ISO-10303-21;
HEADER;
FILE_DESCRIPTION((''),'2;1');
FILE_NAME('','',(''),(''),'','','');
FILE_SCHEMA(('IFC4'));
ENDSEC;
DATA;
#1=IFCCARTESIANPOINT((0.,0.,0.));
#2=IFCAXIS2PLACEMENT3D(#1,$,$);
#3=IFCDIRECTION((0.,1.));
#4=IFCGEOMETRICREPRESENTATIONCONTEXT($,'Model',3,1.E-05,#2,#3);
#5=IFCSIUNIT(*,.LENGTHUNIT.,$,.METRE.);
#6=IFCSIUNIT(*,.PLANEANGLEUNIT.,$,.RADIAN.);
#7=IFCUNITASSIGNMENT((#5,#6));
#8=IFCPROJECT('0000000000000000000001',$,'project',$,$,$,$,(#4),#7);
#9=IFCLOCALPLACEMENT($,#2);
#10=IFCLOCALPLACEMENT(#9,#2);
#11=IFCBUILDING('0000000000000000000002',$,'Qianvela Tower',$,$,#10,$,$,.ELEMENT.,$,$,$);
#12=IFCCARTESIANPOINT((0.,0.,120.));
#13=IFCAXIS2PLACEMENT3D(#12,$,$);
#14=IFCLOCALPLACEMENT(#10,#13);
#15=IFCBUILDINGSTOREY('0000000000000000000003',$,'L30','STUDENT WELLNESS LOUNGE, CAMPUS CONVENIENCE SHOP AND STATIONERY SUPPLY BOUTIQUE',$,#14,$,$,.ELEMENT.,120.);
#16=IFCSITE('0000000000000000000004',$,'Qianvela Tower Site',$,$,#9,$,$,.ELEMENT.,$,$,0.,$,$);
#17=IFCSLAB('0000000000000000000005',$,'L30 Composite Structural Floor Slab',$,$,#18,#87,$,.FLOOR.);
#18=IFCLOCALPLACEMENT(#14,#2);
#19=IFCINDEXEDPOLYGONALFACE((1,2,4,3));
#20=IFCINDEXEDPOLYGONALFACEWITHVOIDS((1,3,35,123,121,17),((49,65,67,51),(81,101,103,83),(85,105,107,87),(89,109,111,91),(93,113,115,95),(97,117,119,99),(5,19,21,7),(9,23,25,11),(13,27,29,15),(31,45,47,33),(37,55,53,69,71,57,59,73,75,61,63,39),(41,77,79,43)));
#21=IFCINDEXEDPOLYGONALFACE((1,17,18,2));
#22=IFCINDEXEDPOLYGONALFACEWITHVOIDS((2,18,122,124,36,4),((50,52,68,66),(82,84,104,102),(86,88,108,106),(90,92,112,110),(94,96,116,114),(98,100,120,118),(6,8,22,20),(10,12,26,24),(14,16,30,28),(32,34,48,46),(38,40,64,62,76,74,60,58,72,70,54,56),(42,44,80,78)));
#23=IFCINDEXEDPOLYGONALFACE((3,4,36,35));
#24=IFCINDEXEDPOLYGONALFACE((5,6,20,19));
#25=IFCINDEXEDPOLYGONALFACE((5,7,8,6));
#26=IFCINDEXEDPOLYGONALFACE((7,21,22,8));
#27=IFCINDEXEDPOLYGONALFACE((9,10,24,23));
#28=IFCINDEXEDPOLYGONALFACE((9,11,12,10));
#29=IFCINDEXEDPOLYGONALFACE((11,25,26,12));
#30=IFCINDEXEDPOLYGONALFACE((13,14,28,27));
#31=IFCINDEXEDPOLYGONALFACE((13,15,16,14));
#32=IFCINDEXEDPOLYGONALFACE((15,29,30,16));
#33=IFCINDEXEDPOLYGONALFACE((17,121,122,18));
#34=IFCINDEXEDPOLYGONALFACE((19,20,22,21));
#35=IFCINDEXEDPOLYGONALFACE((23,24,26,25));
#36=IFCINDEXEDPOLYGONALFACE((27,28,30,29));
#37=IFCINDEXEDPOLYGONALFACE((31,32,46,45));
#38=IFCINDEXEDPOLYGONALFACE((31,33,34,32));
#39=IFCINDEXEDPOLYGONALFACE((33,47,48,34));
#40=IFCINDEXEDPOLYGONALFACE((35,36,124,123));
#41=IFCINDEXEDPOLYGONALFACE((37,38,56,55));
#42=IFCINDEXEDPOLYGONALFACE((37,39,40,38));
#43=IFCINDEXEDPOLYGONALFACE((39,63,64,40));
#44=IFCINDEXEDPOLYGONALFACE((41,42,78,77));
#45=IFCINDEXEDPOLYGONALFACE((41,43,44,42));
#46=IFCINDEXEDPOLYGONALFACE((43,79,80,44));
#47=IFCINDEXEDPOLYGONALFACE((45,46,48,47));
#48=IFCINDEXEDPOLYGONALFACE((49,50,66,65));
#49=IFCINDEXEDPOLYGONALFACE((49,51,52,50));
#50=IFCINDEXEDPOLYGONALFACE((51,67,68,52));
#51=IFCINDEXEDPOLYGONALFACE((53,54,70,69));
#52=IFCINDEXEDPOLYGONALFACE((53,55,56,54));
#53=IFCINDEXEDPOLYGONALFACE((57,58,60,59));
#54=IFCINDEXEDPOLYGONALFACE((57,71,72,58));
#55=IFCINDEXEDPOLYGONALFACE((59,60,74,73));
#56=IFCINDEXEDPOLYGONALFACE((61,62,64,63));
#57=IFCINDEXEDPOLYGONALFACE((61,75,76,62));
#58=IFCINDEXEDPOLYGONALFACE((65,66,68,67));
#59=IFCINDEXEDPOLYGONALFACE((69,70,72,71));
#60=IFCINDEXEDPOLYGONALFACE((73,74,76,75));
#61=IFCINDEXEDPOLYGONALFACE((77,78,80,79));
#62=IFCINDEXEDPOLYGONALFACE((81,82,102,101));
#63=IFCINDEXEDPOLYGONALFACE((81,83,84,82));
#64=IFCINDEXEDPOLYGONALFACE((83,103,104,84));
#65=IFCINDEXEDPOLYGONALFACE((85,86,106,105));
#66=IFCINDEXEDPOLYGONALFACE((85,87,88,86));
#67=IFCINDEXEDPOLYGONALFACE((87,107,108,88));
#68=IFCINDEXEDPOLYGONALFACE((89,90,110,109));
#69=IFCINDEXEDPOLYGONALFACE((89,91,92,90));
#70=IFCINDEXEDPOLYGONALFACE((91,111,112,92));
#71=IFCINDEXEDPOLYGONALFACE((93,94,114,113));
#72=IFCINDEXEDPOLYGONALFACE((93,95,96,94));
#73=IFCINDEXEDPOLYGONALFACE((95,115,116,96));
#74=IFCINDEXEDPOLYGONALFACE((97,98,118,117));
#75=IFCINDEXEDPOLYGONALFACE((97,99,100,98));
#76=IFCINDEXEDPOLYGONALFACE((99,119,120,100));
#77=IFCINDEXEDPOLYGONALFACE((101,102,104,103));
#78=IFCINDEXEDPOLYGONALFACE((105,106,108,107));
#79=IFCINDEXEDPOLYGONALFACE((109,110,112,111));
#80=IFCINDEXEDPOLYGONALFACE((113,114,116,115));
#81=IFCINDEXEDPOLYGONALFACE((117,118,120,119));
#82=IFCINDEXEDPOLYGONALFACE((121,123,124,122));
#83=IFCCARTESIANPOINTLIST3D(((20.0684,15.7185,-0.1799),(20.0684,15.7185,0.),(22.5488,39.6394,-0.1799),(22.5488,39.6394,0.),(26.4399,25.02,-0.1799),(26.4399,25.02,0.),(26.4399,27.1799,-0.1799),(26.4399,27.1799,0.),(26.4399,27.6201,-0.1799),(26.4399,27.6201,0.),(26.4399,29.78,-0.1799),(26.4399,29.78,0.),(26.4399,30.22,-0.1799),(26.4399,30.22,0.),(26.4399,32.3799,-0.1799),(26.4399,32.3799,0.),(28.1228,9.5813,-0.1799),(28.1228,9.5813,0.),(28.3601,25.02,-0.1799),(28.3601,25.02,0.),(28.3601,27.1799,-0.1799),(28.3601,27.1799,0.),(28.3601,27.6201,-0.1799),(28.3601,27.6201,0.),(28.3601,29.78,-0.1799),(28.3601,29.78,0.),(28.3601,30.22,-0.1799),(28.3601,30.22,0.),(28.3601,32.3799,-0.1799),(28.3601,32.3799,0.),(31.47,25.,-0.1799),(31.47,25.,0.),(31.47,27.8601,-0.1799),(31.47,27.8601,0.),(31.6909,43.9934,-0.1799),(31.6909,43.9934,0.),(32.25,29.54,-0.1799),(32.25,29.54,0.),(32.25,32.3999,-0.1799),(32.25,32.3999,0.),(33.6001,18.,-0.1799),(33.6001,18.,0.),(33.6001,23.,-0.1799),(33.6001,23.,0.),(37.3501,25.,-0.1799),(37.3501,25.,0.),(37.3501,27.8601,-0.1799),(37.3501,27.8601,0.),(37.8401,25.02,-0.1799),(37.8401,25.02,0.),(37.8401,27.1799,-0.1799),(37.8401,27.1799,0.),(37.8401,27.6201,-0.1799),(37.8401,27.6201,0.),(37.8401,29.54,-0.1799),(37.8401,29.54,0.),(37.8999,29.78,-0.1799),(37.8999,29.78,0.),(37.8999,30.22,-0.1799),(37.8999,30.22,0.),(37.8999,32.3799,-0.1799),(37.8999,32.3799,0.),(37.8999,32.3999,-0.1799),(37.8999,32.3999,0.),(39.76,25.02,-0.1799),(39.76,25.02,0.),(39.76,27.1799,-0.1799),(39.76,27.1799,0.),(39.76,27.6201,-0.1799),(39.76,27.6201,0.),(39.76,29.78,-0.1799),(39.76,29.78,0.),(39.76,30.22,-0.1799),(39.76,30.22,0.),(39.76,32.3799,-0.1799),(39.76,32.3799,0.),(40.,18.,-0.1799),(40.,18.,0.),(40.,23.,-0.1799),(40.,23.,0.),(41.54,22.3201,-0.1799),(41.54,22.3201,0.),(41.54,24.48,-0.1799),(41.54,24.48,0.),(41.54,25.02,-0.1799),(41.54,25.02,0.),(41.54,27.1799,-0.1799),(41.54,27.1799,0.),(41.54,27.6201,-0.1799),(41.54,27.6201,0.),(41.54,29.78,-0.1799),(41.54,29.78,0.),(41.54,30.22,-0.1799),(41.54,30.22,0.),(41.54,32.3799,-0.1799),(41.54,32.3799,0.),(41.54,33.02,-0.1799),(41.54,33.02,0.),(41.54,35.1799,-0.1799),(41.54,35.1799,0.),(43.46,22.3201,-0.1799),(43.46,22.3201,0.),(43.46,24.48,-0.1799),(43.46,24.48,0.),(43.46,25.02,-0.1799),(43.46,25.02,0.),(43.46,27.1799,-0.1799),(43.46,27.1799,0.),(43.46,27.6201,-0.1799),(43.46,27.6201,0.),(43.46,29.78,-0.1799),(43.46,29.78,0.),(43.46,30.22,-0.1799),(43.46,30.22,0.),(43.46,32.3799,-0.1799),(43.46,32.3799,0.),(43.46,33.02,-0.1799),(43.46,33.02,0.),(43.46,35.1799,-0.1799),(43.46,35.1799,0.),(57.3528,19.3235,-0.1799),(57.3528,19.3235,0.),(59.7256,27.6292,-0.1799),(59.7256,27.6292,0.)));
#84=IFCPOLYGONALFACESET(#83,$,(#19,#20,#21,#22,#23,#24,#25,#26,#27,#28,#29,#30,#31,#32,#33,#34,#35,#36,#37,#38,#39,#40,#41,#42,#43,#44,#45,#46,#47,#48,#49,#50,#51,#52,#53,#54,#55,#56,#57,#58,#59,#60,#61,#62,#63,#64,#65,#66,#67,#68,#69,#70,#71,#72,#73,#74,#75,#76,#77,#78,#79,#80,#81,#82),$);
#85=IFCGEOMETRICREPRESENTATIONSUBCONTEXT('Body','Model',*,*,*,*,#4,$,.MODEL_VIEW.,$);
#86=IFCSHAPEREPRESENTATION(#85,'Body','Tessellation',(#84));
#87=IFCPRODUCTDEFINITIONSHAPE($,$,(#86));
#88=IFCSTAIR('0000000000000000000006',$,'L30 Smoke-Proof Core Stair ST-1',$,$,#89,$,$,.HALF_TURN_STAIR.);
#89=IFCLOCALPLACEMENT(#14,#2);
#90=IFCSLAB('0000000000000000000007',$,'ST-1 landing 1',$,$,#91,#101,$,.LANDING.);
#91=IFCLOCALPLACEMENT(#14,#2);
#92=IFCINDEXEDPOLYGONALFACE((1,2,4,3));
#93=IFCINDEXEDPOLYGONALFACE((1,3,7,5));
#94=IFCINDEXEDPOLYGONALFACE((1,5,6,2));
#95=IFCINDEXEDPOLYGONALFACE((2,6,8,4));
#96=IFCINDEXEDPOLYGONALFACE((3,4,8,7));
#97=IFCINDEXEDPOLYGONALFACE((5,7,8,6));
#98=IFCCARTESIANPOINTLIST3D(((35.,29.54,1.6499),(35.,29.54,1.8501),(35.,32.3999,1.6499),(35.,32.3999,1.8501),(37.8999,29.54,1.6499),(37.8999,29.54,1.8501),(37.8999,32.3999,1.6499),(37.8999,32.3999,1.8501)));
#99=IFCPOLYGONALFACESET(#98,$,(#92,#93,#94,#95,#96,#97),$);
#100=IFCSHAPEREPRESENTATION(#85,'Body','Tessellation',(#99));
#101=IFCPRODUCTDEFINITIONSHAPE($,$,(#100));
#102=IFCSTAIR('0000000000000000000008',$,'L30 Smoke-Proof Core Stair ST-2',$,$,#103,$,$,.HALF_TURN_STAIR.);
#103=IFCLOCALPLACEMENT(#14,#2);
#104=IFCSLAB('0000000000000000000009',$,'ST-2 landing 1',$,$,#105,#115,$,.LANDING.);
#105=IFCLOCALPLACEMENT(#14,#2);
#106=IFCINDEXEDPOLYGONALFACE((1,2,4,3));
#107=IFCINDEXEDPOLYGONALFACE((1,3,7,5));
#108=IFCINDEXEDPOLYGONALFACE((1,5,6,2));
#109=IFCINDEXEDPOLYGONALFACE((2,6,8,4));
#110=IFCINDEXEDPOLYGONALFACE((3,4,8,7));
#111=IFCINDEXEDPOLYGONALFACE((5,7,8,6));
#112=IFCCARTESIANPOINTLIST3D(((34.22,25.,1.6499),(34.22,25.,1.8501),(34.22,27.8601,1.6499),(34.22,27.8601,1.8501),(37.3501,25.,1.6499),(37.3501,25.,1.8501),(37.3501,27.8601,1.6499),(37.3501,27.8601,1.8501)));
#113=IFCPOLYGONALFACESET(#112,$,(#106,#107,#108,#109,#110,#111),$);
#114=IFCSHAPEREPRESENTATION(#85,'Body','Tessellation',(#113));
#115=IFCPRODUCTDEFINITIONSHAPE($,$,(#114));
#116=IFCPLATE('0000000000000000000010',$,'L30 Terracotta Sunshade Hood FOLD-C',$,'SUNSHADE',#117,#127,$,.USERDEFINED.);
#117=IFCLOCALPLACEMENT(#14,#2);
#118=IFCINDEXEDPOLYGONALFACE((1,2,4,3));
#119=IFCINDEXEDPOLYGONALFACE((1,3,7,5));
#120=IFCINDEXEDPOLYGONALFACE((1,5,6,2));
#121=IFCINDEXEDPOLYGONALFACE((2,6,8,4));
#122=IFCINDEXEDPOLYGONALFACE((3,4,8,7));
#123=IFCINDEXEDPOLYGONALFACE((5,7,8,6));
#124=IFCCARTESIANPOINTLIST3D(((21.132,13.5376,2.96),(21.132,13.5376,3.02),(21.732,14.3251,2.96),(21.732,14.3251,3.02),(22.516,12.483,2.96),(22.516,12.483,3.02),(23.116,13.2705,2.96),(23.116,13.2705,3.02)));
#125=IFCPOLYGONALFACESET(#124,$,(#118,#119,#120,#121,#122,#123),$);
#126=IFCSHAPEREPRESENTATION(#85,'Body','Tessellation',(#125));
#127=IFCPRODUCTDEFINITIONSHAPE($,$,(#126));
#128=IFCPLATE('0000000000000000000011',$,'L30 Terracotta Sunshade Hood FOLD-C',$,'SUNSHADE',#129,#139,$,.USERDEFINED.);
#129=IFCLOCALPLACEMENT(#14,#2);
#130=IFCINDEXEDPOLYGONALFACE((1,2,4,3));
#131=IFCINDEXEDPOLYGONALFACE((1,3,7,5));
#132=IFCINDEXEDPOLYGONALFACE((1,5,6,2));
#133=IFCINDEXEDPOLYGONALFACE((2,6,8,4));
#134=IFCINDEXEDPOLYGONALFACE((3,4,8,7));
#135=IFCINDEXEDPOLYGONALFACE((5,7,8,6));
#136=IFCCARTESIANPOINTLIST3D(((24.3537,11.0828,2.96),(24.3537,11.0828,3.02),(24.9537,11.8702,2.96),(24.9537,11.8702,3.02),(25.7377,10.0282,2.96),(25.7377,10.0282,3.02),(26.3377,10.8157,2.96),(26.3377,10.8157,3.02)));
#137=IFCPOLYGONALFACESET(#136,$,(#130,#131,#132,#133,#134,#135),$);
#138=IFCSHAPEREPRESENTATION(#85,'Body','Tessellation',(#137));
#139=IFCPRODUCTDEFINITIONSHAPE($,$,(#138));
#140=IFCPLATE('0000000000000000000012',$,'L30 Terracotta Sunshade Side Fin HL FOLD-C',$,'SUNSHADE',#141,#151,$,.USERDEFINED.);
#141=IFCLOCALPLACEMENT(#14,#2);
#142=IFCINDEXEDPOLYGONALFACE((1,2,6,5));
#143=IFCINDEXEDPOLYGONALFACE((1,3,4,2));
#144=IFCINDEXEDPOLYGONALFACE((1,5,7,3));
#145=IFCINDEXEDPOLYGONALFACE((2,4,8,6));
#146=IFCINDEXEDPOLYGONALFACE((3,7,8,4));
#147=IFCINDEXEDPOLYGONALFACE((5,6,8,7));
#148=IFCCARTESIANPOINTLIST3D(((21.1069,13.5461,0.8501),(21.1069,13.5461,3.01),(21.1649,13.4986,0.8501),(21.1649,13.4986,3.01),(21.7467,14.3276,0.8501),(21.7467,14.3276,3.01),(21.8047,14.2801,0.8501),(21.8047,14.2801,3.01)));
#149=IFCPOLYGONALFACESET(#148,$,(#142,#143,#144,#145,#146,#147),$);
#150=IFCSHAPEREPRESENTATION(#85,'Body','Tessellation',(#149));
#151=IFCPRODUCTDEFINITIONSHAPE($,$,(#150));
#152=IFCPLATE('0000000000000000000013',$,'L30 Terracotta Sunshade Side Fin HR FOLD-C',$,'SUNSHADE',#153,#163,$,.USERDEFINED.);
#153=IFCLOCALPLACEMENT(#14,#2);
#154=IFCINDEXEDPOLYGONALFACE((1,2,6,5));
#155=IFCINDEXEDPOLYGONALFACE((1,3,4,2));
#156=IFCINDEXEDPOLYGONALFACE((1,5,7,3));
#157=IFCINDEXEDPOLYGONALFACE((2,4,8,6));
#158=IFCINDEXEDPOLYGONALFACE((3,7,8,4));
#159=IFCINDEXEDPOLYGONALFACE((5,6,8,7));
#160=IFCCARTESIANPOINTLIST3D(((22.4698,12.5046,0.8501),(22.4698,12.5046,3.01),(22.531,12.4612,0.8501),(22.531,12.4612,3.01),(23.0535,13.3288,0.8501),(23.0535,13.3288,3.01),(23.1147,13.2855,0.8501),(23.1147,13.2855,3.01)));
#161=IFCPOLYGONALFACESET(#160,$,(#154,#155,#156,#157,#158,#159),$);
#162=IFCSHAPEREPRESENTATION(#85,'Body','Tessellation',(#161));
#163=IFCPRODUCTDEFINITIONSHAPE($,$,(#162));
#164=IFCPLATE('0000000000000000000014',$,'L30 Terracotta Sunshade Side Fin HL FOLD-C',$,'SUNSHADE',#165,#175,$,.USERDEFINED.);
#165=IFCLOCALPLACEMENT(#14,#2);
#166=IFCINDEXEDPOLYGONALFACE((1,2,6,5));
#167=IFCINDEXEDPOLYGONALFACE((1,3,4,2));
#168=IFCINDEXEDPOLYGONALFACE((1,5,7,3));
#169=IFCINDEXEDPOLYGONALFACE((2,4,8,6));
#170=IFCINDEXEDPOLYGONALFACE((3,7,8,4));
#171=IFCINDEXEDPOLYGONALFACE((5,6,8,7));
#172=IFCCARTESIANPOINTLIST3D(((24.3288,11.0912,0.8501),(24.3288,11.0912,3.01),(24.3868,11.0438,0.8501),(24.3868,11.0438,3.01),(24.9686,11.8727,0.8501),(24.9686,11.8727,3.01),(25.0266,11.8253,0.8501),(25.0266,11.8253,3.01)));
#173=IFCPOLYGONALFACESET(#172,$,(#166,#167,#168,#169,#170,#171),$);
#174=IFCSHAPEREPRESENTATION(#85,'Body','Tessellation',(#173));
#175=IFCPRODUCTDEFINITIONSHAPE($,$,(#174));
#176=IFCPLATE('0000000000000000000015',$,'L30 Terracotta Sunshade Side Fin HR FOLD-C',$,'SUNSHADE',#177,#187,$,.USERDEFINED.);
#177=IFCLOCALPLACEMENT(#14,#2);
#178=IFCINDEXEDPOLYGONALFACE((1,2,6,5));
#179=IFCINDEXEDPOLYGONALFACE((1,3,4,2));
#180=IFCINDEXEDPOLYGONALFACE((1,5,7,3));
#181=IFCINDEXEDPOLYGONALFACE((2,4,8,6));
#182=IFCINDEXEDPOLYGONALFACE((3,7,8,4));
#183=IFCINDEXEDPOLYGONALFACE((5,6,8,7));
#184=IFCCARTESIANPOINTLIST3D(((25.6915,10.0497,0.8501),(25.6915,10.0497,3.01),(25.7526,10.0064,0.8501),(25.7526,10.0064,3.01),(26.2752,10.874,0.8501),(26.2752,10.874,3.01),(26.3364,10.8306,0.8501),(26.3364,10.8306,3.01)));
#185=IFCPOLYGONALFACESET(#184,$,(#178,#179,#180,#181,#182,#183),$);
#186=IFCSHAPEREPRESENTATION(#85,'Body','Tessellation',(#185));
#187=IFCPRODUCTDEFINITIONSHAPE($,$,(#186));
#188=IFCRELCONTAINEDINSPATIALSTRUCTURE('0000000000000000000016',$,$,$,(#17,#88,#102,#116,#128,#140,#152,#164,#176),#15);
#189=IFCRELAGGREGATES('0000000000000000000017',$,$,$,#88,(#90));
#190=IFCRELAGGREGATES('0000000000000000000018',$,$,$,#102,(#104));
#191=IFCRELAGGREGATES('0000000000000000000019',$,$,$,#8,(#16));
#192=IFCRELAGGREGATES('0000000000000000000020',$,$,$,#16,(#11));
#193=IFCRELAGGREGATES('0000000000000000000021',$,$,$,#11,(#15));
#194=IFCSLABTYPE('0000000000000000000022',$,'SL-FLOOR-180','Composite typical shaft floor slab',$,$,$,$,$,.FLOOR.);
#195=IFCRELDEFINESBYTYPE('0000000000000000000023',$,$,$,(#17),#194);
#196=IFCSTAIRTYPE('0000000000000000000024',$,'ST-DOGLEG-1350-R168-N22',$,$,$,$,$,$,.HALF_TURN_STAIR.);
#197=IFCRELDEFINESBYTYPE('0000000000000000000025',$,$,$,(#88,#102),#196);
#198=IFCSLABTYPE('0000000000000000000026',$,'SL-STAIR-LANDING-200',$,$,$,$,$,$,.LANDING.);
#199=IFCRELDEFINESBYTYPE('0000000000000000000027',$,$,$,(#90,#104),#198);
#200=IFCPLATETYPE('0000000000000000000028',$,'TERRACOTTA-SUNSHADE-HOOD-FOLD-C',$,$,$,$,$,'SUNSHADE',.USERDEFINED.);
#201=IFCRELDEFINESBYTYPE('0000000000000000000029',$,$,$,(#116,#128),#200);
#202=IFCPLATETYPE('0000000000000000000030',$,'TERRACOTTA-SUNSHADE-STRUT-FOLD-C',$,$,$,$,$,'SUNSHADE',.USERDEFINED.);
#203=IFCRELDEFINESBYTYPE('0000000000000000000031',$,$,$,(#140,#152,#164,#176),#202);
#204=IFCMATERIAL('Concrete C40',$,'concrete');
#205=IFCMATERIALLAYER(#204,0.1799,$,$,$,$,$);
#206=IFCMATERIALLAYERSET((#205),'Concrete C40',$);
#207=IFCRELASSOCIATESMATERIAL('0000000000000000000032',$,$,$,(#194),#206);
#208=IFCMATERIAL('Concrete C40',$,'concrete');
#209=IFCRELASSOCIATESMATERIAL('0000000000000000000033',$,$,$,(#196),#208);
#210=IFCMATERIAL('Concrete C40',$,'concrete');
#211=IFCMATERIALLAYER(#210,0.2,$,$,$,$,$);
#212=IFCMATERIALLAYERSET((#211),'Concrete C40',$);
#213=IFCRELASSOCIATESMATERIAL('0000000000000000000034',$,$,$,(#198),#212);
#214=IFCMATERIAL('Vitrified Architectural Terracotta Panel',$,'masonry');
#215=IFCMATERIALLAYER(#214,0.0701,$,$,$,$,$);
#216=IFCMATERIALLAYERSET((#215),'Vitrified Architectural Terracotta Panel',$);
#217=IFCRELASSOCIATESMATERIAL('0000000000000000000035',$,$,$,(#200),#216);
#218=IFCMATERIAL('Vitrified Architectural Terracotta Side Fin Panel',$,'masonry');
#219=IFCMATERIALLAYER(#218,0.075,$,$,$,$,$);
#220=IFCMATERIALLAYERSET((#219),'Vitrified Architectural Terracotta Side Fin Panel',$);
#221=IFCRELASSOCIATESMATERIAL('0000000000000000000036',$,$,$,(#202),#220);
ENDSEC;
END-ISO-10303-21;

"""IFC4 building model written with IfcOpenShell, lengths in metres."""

from ifc_helpers import new_model, si_unit, direction, frame, origin, origin_2d, place, context, subcontext, project, spatial, polyline, rectangle, outline, extrude, material, layer, layer_set, type_object, element, aggregate, save


model = new_model("IFC4")

# Units and contexts
model_context = context("Model", 3, precision=1e-05, world=origin(), true_north=direction((0.0, 1.0)))
body_context = subcontext(model_context, "Body", "Model", "MODEL_VIEW")
ifc_project = project(units=[si_unit("LENGTHUNIT", "METRE"), si_unit("PLANEANGLEUNIT", "RADIAN")], contexts=[model_context])

# Site, building, storey
site_placement = place(None, origin())
site = spatial("IfcSite", under=ifc_project, at=site_placement, Name="Qianvela Tower Site", CompositionType="ELEMENT", RefElevation=0.0)
building_placement = place(site_placement, origin())
building = spatial("IfcBuilding", under=site, at=building_placement, Name="Qianvela Tower", CompositionType="ELEMENT")
storey_placement = place(building_placement, frame((0.0, 0.0, 120.0)))
storey = spatial("IfcBuildingStorey", under=building, at=storey_placement, Name="L30", Description="STUDENT WELLNESS LOUNGE, CAMPUS CONVENIENCE SHOP AND STATIONERY SUPPLY BOUTIQUE", CompositionType="ELEMENT", Elevation=120.0)

# Slab
ifc_material_1 = material(Name="Concrete C40", Category="concrete")
ifc_layer_1 = layer(ifc_material_1, 0.1799)
ifc_layer_set_1 = layer_set([ifc_layer_1], Name="Concrete C40")
slab_type_1 = type_object("IfcSlabType", Name="SL-FLOOR-180", Description="Composite typical shaft floor slab", PredefinedType="FLOOR", material=ifc_layer_set_1)
slab_1_placement = place(storey_placement, frame((0.0, 0.0, -0.1799)))
element("IfcSlab", 1, at=slab_1_placement, inside=storey, type_object=slab_type_1, Name="L30 Composite Structural Floor Slab", PredefinedType="FLOOR", context=body_context, shape_type="SweptSolid", body=[
    extrude(outline(polyline([(57.3528, 19.3235), (59.7256, 27.6292), (31.6909, 43.9934), (22.5488, 39.6394), (20.0684, 15.7185), (28.1228, 9.5813), (57.3528, 19.3235)]), holes=[polyline([(40.0, 23.0), (33.6001, 23.0), (33.6001, 18.0), (40.0, 18.0), (40.0, 23.0)]), polyline([(28.3601, 25.02), (28.3601, 27.1799), (26.4399, 27.1799), (26.4399, 25.02), (28.3601, 25.02)]), polyline([(37.3501, 25.0), (37.3501, 27.8601), (31.47, 27.8601), (31.47, 25.0), (37.3501, 25.0)]), polyline([(28.3601, 27.6201), (28.3601, 29.78), (26.4399, 29.78), (26.4399, 27.6201), (28.3601, 27.6201)]), polyline([(37.8999, 32.3799), (37.8999, 32.3999), (32.25, 32.3999), (32.25, 29.54), (37.8401, 29.54), (37.8401, 27.6201), (39.76, 27.6201), (39.76, 29.78), (37.8999, 29.78), (37.8999, 30.22), (39.76, 30.22), (39.76, 32.3799), (37.8999, 32.3799)]), polyline([(28.3601, 30.22), (28.3601, 32.3799), (26.4399, 32.3799), (26.4399, 30.22), (28.3601, 30.22)]), polyline([(43.46, 24.48), (41.54, 24.48), (41.54, 22.3201), (43.46, 22.3201), (43.46, 24.48)]), polyline([(39.76, 25.02), (39.76, 27.1799), (37.8401, 27.1799), (37.8401, 25.02), (39.76, 25.02)]), polyline([(43.46, 25.02), (43.46, 27.1799), (41.54, 27.1799), (41.54, 25.02), (43.46, 25.02)]), polyline([(43.46, 27.6201), (43.46, 29.78), (41.54, 29.78), (41.54, 27.6201), (43.46, 27.6201)]), polyline([(43.46, 30.22), (43.46, 32.3799), (41.54, 32.3799), (41.54, 30.22), (43.46, 30.22)]), polyline([(43.46, 33.02), (43.46, 35.1799), (41.54, 35.1799), (41.54, 33.02), (43.46, 33.02)])]), origin(), (0.0, 0.0, 1.0), 0.1799),
])

# Stairs, slabs
ifc_material_2 = material(Name="Concrete C40", Category="concrete")
stair_type = type_object("IfcStairType", Name="ST-DOGLEG-1350-R168-N22", PredefinedType="HALF_TURN_STAIR", material=ifc_material_2)
stair_1_placement = place(storey_placement, origin())
stair_1 = element("IfcStair", 2, at=stair_1_placement, inside=storey, type_object=stair_type, Name="L30 Smoke-Proof Core Stair ST-1", PredefinedType="HALF_TURN_STAIR")
ifc_material_3 = material(Name="Concrete C40", Category="concrete")
ifc_layer_2 = layer(ifc_material_3, 0.2)
ifc_layer_set_2 = layer_set([ifc_layer_2], Name="Concrete C40")
slab_type_2 = type_object("IfcSlabType", Name="SL-STAIR-LANDING-200", PredefinedType="LANDING", material=ifc_layer_set_2)
slab_2_placement = place(storey_placement, frame((0.0, 0.0, 1.6499)))
slab_2 = element("IfcSlab", 3, at=slab_2_placement, type_object=slab_type_2, Name="ST-1 landing 1", PredefinedType="LANDING", context=body_context, shape_type="SweptSolid", body=[
    extrude(outline(polyline([(35.0, 29.54), (37.8999, 29.54), (37.8999, 32.3999), (35.0, 32.3999), (35.0, 29.54)])), origin(), (0.0, 0.0, 1.0), 0.2002),
])
aggregate(stair_1, [slab_2])
stair_2_placement = place(storey_placement, origin())
stair_2 = element("IfcStair", 4, at=stair_2_placement, inside=storey, type_object=stair_type, Name="L30 Smoke-Proof Core Stair ST-2", PredefinedType="HALF_TURN_STAIR")
slab_3_placement = place(storey_placement, frame((0.0, 0.0, 1.6499)))
slab_3 = element("IfcSlab", 5, at=slab_3_placement, type_object=slab_type_2, Name="ST-2 landing 1", PredefinedType="LANDING", context=body_context, shape_type="SweptSolid", body=[
    extrude(outline(polyline([(34.22, 25.0), (37.3501, 25.0), (37.3501, 27.8601), (34.22, 27.8601), (34.22, 25.0)])), origin(), (0.0, 0.0, 1.0), 0.2002),
])
aggregate(stair_2, [slab_3])

# Plates
ifc_material_4 = material(Name="Vitrified Architectural Terracotta Panel", Category="masonry")
ifc_layer_3 = layer(ifc_material_4, 0.0701)
ifc_layer_set_3 = layer_set([ifc_layer_3], Name="Vitrified Architectural Terracotta Panel")
plate_type_1 = type_object("IfcPlateType", Name="TERRACOTTA-SUNSHADE-HOOD-FOLD-C", ElementType="SUNSHADE", PredefinedType="USERDEFINED", material=ifc_layer_set_3)
for number, where, z_axis, x_axis, name in (
    (6, (22.124, 13.4041, 2.96), (0.0, 0.0, 1.0), (0.795408, -0.606074, 0.0), "L30 Terracotta Sunshade Hood FOLD-C"),
    (7, (25.3457, 10.9492, 2.96), (0.0, 0.0, 1.0), (0.795408, -0.606074, 0.0), "L30 Terracotta Sunshade Hood FOLD-C"),
):
    element("IfcPlate", number, at=place(storey_placement, frame(where, z_axis=z_axis, x_axis=x_axis)), inside=storey, type_object=plate_type_1, Name=name, ObjectType="SUNSHADE", PredefinedType="USERDEFINED", context=body_context, shape_type="SweptSolid", body=[
        extrude(rectangle(XDim=1.74, YDim=0.99, at=origin_2d()), origin(), (0.0, 0.0, 1.0), 0.0601),
    ])
ifc_material_5 = material(Name="Vitrified Architectural Terracotta Side Fin Panel", Category="masonry")
ifc_layer_4 = layer(ifc_material_5, 0.075)
ifc_layer_set_4 = layer_set([ifc_layer_4], Name="Vitrified Architectural Terracotta Side Fin Panel")
plate_type_2 = type_object("IfcPlateType", Name="TERRACOTTA-SUNSHADE-STRUT-FOLD-C", ElementType="SUNSHADE", PredefinedType="USERDEFINED", material=ifc_layer_set_4)
for number, where, z_axis, x_axis, name in (
    (8, (21.4558, 13.9131, 0.8501), (0.0, 0.0, 1.0), (0.773772, -0.633465, 0.0), "L30 Terracotta Sunshade Side Fin HL FOLD-C"),
    (9, (22.7922, 12.895, 0.8501), (0.0, 0.0, 1.0), (0.816075, -0.577946, 0.0), "L30 Terracotta Sunshade Side Fin HR FOLD-C"),
    (10, (24.6777, 11.4583, 0.8501), (0.0, 0.0, 1.0), (0.773772, -0.633465, 0.0), "L30 Terracotta Sunshade Side Fin HL FOLD-C"),
    (11, (26.0139, 10.4402, 0.8501), (0.0, 0.0, 1.0), (0.816075, -0.577946, 0.0), "L30 Terracotta Sunshade Side Fin HR FOLD-C"),
):
    element("IfcPlate", number, at=place(storey_placement, frame(where, z_axis=z_axis, x_axis=x_axis)), inside=storey, type_object=plate_type_2, Name=name, ObjectType="SUNSHADE", PredefinedType="USERDEFINED", context=body_context, shape_type="SweptSolid", body=[
        extrude(rectangle(XDim=0.075, YDim=1.01, at=origin_2d()), origin(), (0.0, 0.0, 1.0), 2.1599),
    ])

save(model, "model.ifc")
